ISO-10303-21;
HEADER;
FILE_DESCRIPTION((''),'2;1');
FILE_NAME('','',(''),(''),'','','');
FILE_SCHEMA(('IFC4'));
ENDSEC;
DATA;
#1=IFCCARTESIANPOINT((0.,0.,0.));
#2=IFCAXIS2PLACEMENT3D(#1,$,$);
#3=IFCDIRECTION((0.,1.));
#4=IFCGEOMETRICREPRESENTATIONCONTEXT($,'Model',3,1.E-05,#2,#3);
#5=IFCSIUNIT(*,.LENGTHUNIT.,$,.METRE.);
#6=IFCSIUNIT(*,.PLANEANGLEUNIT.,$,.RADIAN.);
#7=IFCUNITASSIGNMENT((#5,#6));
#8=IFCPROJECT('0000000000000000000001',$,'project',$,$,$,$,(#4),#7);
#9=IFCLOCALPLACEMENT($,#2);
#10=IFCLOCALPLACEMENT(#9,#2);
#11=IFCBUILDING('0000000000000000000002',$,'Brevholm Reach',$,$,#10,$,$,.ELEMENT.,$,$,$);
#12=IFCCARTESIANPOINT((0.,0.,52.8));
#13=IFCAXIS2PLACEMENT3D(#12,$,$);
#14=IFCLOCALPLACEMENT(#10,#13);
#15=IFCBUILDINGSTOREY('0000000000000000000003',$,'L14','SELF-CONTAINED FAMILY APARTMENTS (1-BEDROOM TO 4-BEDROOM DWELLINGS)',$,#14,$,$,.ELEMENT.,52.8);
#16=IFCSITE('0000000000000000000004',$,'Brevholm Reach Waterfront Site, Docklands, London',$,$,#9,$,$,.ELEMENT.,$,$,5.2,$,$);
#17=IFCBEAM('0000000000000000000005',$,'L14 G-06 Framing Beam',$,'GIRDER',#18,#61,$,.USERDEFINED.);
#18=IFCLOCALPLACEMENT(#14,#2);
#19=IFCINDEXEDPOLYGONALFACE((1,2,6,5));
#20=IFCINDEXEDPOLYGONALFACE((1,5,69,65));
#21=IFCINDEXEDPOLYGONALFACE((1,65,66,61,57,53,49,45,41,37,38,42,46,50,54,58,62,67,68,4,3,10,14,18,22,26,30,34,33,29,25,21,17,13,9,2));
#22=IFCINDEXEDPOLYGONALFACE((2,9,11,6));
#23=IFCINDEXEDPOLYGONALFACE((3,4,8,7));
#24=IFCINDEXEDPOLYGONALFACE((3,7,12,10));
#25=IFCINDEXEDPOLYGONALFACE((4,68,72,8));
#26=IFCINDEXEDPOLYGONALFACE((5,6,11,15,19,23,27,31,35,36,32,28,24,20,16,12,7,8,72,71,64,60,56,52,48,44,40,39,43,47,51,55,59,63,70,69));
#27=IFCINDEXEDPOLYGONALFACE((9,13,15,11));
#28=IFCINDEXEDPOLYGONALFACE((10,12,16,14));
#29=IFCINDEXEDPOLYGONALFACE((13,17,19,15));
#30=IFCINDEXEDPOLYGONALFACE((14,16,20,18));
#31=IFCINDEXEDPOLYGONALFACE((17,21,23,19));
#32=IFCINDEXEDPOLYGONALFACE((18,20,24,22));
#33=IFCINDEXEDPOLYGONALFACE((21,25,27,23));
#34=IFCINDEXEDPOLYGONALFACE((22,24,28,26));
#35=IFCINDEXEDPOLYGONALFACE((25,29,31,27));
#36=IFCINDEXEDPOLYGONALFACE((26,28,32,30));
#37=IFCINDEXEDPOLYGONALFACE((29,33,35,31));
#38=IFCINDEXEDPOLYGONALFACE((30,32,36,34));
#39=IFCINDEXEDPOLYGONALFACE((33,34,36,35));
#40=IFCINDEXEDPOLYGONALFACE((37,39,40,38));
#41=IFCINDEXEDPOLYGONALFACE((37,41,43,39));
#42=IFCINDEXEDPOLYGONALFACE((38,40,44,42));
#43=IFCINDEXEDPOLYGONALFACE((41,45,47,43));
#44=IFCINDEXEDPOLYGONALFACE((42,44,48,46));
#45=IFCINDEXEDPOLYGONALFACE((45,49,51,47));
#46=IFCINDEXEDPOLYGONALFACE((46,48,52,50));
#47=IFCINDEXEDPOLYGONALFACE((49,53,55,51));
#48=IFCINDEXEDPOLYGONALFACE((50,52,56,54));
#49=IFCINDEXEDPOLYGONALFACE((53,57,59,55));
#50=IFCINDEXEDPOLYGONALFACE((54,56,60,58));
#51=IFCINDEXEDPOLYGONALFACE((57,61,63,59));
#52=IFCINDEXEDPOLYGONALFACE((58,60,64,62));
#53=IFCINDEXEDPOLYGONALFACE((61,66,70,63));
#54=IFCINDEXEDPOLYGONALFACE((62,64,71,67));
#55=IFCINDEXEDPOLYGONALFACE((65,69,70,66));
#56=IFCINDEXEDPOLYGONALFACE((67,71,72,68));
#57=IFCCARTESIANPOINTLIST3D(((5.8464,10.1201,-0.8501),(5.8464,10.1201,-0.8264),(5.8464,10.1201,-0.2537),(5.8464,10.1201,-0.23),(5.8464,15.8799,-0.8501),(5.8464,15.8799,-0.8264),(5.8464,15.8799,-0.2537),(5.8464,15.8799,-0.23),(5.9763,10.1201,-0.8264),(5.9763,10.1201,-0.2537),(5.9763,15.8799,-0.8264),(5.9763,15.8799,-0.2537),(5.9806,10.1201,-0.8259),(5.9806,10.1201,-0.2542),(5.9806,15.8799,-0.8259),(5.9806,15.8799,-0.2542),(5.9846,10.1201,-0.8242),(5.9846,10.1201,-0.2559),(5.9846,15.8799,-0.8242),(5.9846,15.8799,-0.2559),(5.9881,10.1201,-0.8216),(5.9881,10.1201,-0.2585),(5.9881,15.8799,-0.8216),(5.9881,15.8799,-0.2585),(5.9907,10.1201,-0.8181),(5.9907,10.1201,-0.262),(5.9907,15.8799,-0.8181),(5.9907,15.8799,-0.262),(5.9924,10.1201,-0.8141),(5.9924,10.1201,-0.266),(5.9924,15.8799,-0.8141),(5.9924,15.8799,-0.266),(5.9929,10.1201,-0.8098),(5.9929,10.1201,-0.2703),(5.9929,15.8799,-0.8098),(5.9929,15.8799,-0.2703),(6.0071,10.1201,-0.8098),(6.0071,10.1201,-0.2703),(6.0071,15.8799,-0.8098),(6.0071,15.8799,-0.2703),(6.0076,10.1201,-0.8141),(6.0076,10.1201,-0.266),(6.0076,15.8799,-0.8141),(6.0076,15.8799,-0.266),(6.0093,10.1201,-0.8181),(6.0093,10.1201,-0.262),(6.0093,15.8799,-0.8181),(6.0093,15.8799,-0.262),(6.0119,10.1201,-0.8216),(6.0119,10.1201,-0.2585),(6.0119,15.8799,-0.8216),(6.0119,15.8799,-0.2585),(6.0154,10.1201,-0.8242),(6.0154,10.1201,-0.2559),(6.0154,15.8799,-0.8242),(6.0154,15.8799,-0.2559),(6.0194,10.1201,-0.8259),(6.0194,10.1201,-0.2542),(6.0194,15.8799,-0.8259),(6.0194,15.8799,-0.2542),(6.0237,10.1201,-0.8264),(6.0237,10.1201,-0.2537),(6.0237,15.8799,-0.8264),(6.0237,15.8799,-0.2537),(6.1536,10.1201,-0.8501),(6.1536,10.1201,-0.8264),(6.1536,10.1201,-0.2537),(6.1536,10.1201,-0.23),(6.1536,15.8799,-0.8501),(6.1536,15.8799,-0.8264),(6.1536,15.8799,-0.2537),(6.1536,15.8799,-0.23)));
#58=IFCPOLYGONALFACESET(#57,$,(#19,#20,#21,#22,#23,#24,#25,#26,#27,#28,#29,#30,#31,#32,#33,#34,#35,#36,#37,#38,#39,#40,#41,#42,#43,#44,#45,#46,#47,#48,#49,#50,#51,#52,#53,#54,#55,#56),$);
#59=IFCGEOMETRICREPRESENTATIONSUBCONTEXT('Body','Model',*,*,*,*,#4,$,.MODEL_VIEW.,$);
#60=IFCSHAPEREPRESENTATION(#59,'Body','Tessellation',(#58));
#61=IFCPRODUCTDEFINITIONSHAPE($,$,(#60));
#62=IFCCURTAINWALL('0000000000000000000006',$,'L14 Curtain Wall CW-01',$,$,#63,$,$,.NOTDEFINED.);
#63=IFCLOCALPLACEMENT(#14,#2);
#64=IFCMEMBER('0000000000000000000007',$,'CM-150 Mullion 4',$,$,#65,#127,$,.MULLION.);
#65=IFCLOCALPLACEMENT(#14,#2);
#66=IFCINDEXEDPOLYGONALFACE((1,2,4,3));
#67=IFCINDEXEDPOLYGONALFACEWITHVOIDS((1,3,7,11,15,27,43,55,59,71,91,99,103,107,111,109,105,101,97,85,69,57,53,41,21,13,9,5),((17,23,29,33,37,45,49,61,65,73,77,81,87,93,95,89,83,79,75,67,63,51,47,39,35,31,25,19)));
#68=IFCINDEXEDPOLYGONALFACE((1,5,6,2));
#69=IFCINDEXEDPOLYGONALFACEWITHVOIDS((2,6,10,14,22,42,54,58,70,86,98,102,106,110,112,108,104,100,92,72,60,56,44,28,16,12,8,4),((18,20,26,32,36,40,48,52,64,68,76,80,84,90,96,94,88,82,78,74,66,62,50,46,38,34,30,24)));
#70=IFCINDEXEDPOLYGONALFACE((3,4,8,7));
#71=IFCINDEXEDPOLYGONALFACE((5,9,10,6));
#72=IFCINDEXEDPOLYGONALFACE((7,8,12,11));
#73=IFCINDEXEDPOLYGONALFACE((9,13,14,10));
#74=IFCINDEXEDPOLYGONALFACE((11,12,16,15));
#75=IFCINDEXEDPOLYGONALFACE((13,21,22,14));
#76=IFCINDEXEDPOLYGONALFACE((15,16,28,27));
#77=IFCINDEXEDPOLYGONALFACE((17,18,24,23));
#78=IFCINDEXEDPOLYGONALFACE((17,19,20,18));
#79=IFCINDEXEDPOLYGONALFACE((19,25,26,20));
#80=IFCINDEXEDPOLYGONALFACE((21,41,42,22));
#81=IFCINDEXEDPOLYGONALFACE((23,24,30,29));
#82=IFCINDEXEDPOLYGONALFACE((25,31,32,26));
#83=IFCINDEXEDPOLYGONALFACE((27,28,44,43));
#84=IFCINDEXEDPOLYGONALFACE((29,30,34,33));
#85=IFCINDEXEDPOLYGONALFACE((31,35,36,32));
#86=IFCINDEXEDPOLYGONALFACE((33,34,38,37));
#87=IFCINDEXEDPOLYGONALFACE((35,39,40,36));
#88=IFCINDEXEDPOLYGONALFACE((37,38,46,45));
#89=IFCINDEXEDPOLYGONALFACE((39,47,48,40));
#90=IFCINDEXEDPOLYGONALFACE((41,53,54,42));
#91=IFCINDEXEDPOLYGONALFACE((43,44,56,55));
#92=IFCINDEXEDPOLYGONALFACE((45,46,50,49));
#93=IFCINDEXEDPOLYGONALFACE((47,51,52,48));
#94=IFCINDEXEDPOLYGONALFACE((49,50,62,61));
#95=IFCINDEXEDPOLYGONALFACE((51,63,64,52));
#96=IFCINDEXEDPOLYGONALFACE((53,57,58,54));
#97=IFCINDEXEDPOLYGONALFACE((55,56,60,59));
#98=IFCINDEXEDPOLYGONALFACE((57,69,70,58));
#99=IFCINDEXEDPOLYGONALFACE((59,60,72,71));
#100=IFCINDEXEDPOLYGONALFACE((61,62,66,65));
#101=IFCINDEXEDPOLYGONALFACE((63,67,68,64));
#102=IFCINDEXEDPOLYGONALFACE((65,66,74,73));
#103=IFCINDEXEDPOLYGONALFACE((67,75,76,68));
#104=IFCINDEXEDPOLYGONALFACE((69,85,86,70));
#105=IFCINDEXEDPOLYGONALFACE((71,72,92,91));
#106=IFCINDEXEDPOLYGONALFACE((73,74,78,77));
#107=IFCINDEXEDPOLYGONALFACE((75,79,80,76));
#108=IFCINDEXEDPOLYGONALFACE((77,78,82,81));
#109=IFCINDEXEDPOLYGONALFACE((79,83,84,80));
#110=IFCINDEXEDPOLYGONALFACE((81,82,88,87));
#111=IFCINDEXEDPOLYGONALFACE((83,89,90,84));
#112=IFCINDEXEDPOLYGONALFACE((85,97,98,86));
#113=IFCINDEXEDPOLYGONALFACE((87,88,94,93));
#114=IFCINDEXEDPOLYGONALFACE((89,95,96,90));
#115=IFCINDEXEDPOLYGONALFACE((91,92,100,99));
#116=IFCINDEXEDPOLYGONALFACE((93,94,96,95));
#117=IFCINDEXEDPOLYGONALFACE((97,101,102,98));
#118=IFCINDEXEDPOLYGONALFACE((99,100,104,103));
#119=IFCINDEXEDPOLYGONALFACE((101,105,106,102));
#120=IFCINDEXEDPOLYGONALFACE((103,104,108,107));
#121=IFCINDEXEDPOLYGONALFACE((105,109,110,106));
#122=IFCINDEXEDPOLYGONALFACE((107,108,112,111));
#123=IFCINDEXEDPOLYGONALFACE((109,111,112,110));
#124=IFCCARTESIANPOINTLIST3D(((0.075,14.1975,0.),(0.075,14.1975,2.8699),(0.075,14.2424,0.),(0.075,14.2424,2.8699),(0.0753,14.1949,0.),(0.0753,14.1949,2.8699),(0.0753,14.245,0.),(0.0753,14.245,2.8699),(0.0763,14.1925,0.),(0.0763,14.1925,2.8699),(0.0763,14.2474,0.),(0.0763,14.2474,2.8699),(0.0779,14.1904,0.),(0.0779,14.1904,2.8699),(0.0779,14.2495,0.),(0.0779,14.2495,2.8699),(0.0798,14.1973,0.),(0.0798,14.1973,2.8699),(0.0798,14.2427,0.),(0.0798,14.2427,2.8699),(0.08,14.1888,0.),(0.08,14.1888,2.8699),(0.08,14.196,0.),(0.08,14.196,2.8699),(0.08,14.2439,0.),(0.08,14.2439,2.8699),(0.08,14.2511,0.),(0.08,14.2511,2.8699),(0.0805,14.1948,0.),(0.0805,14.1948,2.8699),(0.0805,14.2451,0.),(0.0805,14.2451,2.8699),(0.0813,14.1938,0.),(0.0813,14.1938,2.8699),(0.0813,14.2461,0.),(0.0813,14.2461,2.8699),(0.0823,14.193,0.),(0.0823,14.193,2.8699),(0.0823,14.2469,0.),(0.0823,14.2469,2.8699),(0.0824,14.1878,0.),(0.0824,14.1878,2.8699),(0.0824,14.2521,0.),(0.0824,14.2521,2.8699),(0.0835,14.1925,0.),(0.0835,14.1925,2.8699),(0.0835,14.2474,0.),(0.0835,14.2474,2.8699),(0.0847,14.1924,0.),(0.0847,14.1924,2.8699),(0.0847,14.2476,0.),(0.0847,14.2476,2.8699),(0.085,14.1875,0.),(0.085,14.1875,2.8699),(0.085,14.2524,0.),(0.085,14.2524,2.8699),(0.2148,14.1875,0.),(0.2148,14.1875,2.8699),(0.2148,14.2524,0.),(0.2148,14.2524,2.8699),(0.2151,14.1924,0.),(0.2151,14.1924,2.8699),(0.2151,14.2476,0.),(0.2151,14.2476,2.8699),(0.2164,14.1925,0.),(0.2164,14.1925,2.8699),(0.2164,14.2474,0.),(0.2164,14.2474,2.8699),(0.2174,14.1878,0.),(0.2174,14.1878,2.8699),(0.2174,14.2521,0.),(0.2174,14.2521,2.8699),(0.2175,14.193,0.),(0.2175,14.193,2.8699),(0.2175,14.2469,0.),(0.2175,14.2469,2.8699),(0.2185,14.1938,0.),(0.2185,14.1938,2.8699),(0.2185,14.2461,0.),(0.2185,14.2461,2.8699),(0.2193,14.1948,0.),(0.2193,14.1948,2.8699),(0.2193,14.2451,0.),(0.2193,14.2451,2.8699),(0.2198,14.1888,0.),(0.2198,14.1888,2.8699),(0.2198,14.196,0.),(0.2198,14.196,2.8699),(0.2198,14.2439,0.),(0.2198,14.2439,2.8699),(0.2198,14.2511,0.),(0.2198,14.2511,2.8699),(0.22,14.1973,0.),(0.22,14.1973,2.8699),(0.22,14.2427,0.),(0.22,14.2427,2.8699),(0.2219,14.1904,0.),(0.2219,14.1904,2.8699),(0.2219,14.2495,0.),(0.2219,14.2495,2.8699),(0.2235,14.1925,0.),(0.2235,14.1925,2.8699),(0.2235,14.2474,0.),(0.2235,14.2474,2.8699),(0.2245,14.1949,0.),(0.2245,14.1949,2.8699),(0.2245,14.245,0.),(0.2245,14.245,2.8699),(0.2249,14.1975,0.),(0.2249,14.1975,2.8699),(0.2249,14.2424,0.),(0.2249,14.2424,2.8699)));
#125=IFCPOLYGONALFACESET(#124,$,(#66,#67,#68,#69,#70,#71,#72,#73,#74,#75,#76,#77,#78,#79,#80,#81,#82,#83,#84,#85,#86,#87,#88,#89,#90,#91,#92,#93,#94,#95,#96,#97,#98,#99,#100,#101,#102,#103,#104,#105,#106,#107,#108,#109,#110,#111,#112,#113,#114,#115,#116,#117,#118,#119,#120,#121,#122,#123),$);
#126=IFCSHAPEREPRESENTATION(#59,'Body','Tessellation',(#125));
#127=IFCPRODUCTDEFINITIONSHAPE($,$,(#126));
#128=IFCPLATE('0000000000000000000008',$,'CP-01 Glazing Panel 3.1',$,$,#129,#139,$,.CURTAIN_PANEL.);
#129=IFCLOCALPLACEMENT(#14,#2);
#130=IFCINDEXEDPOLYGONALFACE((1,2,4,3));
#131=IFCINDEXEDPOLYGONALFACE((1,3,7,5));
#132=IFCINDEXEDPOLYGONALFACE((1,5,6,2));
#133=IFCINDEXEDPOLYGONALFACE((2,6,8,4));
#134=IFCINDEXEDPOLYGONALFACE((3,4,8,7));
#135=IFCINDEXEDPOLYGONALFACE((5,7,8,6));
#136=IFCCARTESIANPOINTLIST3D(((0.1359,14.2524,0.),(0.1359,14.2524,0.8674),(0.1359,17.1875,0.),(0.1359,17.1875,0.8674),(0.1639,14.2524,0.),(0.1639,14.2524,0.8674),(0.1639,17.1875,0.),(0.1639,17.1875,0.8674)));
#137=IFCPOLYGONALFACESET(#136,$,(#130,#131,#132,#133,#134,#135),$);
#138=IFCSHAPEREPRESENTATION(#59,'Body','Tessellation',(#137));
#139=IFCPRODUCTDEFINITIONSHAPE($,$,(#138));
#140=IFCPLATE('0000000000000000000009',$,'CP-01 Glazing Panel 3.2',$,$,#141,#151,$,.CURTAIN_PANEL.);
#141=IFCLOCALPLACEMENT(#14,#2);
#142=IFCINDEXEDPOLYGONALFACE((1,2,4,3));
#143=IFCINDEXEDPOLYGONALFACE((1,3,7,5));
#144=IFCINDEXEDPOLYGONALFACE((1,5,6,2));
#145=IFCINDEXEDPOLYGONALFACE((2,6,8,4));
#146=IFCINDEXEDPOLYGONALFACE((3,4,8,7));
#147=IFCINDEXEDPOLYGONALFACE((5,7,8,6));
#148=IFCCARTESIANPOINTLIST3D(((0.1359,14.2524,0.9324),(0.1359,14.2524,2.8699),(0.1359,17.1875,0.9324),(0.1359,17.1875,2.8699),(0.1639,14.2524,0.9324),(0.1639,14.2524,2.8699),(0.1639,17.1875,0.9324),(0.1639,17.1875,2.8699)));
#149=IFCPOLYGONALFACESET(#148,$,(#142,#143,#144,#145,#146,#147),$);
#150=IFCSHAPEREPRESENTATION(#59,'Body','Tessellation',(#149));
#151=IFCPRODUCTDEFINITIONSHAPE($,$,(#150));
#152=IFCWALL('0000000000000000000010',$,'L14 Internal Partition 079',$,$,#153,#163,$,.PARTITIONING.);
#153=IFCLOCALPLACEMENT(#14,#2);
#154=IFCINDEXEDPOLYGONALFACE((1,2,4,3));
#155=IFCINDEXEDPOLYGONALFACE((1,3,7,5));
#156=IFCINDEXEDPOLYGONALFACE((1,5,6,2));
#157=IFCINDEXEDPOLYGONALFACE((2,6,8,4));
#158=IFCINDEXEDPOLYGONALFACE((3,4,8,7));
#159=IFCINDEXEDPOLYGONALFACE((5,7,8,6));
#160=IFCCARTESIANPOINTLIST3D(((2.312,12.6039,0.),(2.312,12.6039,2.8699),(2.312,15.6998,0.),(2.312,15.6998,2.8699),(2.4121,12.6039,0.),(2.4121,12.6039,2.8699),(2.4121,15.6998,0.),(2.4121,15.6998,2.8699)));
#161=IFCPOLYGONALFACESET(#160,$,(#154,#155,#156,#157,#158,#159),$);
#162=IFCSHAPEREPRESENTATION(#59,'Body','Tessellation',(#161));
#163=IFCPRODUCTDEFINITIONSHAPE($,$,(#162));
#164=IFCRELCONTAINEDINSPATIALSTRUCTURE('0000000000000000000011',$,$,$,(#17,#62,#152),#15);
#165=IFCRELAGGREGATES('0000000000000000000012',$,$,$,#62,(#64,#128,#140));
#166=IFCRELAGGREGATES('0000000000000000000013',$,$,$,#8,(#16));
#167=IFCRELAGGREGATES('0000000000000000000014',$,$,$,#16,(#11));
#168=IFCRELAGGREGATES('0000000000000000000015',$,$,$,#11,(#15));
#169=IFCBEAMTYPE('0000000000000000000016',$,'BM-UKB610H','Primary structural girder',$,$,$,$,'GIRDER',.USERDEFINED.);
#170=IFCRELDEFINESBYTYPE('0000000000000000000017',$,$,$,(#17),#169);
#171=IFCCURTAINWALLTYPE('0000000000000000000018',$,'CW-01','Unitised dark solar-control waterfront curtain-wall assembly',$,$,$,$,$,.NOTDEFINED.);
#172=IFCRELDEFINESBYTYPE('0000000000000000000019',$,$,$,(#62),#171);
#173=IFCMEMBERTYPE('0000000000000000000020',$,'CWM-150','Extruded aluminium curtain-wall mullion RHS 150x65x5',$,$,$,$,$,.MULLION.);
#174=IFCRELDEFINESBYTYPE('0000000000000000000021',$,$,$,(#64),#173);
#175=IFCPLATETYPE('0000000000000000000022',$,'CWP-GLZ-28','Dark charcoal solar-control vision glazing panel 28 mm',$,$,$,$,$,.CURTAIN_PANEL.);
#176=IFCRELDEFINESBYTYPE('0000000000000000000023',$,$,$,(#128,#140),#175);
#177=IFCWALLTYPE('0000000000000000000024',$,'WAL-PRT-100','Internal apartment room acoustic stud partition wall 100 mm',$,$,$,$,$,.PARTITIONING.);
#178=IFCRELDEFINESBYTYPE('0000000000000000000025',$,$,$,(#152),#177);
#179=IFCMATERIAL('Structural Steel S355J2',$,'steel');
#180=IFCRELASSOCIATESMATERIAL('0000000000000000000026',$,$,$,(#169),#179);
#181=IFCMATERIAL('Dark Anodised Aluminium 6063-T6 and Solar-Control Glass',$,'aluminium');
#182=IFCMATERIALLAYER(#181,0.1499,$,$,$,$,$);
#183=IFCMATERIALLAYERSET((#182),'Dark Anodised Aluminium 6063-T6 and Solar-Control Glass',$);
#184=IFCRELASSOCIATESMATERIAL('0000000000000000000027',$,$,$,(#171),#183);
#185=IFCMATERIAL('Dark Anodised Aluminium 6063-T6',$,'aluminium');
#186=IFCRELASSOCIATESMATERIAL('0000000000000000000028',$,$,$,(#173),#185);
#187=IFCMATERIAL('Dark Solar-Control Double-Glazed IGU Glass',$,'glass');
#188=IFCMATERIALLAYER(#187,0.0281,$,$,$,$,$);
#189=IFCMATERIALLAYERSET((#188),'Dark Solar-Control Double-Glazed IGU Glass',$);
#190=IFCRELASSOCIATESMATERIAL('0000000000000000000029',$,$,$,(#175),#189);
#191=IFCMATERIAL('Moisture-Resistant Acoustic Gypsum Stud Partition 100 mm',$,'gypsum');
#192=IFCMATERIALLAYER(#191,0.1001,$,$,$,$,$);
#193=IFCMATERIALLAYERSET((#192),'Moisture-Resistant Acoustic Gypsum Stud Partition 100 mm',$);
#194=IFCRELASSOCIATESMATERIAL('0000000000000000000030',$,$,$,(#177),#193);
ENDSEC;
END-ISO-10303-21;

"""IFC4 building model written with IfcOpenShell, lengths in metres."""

from ifc_helpers import new_model, si_unit, direction, frame, frame_2d, origin, origin_2d, place, context, subcontext, project, spatial, rectangle, hollow_rectangle, i_section, extrude, material, layer, layer_set, material_profile, profile_set, type_object, element, aggregate, save


model = new_model("IFC4")

# Units and contexts
model_context = context("Model", 3, precision=1e-05, world=origin(), true_north=direction((0.0, 1.0)))
body_context = subcontext(model_context, "Body", "Model", "MODEL_VIEW")
ifc_project = project(units=[si_unit("LENGTHUNIT", "METRE"), si_unit("PLANEANGLEUNIT", "RADIAN")], contexts=[model_context])

# Site, building, storey
site_placement = place(None, origin())
site = spatial("IfcSite", under=ifc_project, at=site_placement, Name="Brevholm Reach Waterfront Site, Docklands, London", CompositionType="ELEMENT", RefElevation=5.2)
building_placement = place(site_placement, origin())
building = spatial("IfcBuilding", under=site, at=building_placement, Name="Brevholm Reach", CompositionType="ELEMENT")
storey_placement = place(building_placement, frame((0.0, 0.0, 52.8)))
storey = spatial("IfcBuildingStorey", under=building, at=storey_placement, Name="L14", Description="SELF-CONTAINED FAMILY APARTMENTS (1-BEDROOM TO 4-BEDROOM DWELLINGS)", CompositionType="ELEMENT", Elevation=52.8)

# Beam
ifc_material_1 = material(Name="Structural Steel S355J2", Category="steel")
ifc_material_profile_1 = material_profile(ifc_material_1, i_section(OverallWidth=0.3071, OverallDepth=0.6201, WebThickness=0.0142, FlangeThickness=0.0237, FilletRadius=0.0166, at=origin_2d()), Name="UKB 610x305x179")
ifc_profile_set_1 = profile_set([ifc_material_profile_1], Name="Structural Steel S355J2")
beam_type = type_object("IfcBeamType", Name="BM-UKB610H", Description="Primary structural girder", ElementType="GIRDER", PredefinedType="USERDEFINED", material=ifc_profile_set_1)
beam_placement = place(storey_placement, frame((6.0, 10.1201, -0.54), z_axis=(0.0, 1.0, 0.0), x_axis=(-1.0, 0.0, 0.0)))
element("IfcBeam", 1, at=beam_placement, inside=storey, type_object=beam_type, Name="L14 G-06 Framing Beam", ObjectType="GIRDER", PredefinedType="USERDEFINED", context=body_context, shape_type="SweptSolid", body=[
    extrude(i_section(OverallWidth=0.3071, OverallDepth=0.6201, WebThickness=0.0142, FlangeThickness=0.0237, FilletRadius=0.0166, at=origin_2d()), origin(), (0.0, 0.0, 1.0), 5.7598),
])

# Curtain wall, member, plates
ifc_material_2 = material(Name="Dark Anodised Aluminium 6063-T6 and Solar-Control Glass", Category="aluminium")
ifc_layer_1 = layer(ifc_material_2, 0.1499)
ifc_layer_set_1 = layer_set([ifc_layer_1], Name="Dark Anodised Aluminium 6063-T6 and Solar-Control Glass")
curtain_wall_type = type_object("IfcCurtainWallType", Name="CW-01", Description="Unitised dark solar-control waterfront curtain-wall assembly", PredefinedType="NOTDEFINED", material=ifc_layer_set_1)
curtain_wall_placement = place(storey_placement, origin())
curtain_wall = element("IfcCurtainWall", 2, at=curtain_wall_placement, inside=storey, type_object=curtain_wall_type, Name="L14 Curtain Wall CW-01", PredefinedType="NOTDEFINED")
ifc_material_3 = material(Name="Dark Anodised Aluminium 6063-T6", Category="aluminium")
ifc_material_profile_2 = material_profile(ifc_material_3, hollow_rectangle(XDim=0.0649, YDim=0.1499, WallThickness=0.0049, InnerFilletRadius=0.0049, OuterFilletRadius=0.01, at=origin_2d()), Name="RHS 150x65x5")
ifc_profile_set_2 = profile_set([ifc_material_profile_2], Name="Dark Anodised Aluminium 6063-T6")
member_type = type_object("IfcMemberType", Name="CWM-150", Description="Extruded aluminium curtain-wall mullion RHS 150x65x5", PredefinedType="MULLION", material=ifc_profile_set_2)
member_placement = place(storey_placement, frame((0.1499, 14.22, 0.0), z_axis=(0.0, 0.0, 1.0), x_axis=(0.0, -1.0, 0.0)))
member = element("IfcMember", 3, at=member_placement, type_object=member_type, Name="CM-150 Mullion 4", PredefinedType="MULLION", context=body_context, shape_type="SweptSolid", body=[
    extrude(hollow_rectangle(XDim=0.0649, YDim=0.1499, WallThickness=0.0049, InnerFilletRadius=0.0049, OuterFilletRadius=0.01, at=origin_2d()), origin(), (0.0, 0.0, 1.0), 2.8699),
])
ifc_material_4 = material(Name="Dark Solar-Control Double-Glazed IGU Glass", Category="glass")
ifc_layer_2 = layer(ifc_material_4, 0.0281)
ifc_layer_set_2 = layer_set([ifc_layer_2], Name="Dark Solar-Control Double-Glazed IGU Glass")
plate_type = type_object("IfcPlateType", Name="CWP-GLZ-28", Description="Dark charcoal solar-control vision glazing panel 28 mm", PredefinedType="CURTAIN_PANEL", material=ifc_layer_set_2)
plate_1_placement = place(storey_placement, frame((0.1499, 15.72, 0.0), z_axis=(0.0, 0.0, 1.0), x_axis=(0.0, -1.0, 0.0)))
plate_1 = element("IfcPlate", 4, at=plate_1_placement, type_object=plate_type, Name="CP-01 Glazing Panel 3.1", PredefinedType="CURTAIN_PANEL", context=body_context, shape_type="SweptSolid", body=[
    extrude(rectangle(XDim=2.9351, YDim=0.0281, at=origin_2d()), origin(), (0.0, 0.0, 1.0), 0.8674),
])
plate_2_placement = place(storey_placement, frame((0.1499, 15.72, 0.9324), z_axis=(0.0, 0.0, 1.0), x_axis=(0.0, -1.0, 0.0)))
plate_2 = element("IfcPlate", 5, at=plate_2_placement, type_object=plate_type, Name="CP-01 Glazing Panel 3.2", PredefinedType="CURTAIN_PANEL", context=body_context, shape_type="SweptSolid", body=[
    extrude(rectangle(XDim=2.9351, YDim=0.0281, at=origin_2d()), origin(), (0.0, 0.0, 1.0), 1.9375),
])
aggregate(curtain_wall, [member, plate_1, plate_2])

# Wall
ifc_material_5 = material(Name="Moisture-Resistant Acoustic Gypsum Stud Partition 100 mm", Category="gypsum")
ifc_layer_3 = layer(ifc_material_5, 0.1001)
ifc_layer_set_3 = layer_set([ifc_layer_3], Name="Moisture-Resistant Acoustic Gypsum Stud Partition 100 mm")
wall_type_1 = type_object("IfcWallType", Name="WAL-PRT-100", Description="Internal apartment room acoustic stud partition wall 100 mm", PredefinedType="PARTITIONING", material=ifc_layer_set_3)
wall_1_placement = place(storey_placement, frame((2.3621, 12.604, 0.0), z_axis=(0.0, 0.0, 1.0), x_axis=(0.0, 1.0, 0.0)))
element("IfcWall", 6, at=wall_1_placement, inside=storey, type_object=wall_type_1, Name="L14 Internal Partition 079", PredefinedType="PARTITIONING", context=body_context, shape_type="SweptSolid", body=[
    extrude(rectangle(XDim=3.0959, YDim=0.1001, at=frame_2d((1.5479, 0.0))), origin(), (0.0, 0.0, 1.0), 2.8699),
])

save(model, "model.ifc")
